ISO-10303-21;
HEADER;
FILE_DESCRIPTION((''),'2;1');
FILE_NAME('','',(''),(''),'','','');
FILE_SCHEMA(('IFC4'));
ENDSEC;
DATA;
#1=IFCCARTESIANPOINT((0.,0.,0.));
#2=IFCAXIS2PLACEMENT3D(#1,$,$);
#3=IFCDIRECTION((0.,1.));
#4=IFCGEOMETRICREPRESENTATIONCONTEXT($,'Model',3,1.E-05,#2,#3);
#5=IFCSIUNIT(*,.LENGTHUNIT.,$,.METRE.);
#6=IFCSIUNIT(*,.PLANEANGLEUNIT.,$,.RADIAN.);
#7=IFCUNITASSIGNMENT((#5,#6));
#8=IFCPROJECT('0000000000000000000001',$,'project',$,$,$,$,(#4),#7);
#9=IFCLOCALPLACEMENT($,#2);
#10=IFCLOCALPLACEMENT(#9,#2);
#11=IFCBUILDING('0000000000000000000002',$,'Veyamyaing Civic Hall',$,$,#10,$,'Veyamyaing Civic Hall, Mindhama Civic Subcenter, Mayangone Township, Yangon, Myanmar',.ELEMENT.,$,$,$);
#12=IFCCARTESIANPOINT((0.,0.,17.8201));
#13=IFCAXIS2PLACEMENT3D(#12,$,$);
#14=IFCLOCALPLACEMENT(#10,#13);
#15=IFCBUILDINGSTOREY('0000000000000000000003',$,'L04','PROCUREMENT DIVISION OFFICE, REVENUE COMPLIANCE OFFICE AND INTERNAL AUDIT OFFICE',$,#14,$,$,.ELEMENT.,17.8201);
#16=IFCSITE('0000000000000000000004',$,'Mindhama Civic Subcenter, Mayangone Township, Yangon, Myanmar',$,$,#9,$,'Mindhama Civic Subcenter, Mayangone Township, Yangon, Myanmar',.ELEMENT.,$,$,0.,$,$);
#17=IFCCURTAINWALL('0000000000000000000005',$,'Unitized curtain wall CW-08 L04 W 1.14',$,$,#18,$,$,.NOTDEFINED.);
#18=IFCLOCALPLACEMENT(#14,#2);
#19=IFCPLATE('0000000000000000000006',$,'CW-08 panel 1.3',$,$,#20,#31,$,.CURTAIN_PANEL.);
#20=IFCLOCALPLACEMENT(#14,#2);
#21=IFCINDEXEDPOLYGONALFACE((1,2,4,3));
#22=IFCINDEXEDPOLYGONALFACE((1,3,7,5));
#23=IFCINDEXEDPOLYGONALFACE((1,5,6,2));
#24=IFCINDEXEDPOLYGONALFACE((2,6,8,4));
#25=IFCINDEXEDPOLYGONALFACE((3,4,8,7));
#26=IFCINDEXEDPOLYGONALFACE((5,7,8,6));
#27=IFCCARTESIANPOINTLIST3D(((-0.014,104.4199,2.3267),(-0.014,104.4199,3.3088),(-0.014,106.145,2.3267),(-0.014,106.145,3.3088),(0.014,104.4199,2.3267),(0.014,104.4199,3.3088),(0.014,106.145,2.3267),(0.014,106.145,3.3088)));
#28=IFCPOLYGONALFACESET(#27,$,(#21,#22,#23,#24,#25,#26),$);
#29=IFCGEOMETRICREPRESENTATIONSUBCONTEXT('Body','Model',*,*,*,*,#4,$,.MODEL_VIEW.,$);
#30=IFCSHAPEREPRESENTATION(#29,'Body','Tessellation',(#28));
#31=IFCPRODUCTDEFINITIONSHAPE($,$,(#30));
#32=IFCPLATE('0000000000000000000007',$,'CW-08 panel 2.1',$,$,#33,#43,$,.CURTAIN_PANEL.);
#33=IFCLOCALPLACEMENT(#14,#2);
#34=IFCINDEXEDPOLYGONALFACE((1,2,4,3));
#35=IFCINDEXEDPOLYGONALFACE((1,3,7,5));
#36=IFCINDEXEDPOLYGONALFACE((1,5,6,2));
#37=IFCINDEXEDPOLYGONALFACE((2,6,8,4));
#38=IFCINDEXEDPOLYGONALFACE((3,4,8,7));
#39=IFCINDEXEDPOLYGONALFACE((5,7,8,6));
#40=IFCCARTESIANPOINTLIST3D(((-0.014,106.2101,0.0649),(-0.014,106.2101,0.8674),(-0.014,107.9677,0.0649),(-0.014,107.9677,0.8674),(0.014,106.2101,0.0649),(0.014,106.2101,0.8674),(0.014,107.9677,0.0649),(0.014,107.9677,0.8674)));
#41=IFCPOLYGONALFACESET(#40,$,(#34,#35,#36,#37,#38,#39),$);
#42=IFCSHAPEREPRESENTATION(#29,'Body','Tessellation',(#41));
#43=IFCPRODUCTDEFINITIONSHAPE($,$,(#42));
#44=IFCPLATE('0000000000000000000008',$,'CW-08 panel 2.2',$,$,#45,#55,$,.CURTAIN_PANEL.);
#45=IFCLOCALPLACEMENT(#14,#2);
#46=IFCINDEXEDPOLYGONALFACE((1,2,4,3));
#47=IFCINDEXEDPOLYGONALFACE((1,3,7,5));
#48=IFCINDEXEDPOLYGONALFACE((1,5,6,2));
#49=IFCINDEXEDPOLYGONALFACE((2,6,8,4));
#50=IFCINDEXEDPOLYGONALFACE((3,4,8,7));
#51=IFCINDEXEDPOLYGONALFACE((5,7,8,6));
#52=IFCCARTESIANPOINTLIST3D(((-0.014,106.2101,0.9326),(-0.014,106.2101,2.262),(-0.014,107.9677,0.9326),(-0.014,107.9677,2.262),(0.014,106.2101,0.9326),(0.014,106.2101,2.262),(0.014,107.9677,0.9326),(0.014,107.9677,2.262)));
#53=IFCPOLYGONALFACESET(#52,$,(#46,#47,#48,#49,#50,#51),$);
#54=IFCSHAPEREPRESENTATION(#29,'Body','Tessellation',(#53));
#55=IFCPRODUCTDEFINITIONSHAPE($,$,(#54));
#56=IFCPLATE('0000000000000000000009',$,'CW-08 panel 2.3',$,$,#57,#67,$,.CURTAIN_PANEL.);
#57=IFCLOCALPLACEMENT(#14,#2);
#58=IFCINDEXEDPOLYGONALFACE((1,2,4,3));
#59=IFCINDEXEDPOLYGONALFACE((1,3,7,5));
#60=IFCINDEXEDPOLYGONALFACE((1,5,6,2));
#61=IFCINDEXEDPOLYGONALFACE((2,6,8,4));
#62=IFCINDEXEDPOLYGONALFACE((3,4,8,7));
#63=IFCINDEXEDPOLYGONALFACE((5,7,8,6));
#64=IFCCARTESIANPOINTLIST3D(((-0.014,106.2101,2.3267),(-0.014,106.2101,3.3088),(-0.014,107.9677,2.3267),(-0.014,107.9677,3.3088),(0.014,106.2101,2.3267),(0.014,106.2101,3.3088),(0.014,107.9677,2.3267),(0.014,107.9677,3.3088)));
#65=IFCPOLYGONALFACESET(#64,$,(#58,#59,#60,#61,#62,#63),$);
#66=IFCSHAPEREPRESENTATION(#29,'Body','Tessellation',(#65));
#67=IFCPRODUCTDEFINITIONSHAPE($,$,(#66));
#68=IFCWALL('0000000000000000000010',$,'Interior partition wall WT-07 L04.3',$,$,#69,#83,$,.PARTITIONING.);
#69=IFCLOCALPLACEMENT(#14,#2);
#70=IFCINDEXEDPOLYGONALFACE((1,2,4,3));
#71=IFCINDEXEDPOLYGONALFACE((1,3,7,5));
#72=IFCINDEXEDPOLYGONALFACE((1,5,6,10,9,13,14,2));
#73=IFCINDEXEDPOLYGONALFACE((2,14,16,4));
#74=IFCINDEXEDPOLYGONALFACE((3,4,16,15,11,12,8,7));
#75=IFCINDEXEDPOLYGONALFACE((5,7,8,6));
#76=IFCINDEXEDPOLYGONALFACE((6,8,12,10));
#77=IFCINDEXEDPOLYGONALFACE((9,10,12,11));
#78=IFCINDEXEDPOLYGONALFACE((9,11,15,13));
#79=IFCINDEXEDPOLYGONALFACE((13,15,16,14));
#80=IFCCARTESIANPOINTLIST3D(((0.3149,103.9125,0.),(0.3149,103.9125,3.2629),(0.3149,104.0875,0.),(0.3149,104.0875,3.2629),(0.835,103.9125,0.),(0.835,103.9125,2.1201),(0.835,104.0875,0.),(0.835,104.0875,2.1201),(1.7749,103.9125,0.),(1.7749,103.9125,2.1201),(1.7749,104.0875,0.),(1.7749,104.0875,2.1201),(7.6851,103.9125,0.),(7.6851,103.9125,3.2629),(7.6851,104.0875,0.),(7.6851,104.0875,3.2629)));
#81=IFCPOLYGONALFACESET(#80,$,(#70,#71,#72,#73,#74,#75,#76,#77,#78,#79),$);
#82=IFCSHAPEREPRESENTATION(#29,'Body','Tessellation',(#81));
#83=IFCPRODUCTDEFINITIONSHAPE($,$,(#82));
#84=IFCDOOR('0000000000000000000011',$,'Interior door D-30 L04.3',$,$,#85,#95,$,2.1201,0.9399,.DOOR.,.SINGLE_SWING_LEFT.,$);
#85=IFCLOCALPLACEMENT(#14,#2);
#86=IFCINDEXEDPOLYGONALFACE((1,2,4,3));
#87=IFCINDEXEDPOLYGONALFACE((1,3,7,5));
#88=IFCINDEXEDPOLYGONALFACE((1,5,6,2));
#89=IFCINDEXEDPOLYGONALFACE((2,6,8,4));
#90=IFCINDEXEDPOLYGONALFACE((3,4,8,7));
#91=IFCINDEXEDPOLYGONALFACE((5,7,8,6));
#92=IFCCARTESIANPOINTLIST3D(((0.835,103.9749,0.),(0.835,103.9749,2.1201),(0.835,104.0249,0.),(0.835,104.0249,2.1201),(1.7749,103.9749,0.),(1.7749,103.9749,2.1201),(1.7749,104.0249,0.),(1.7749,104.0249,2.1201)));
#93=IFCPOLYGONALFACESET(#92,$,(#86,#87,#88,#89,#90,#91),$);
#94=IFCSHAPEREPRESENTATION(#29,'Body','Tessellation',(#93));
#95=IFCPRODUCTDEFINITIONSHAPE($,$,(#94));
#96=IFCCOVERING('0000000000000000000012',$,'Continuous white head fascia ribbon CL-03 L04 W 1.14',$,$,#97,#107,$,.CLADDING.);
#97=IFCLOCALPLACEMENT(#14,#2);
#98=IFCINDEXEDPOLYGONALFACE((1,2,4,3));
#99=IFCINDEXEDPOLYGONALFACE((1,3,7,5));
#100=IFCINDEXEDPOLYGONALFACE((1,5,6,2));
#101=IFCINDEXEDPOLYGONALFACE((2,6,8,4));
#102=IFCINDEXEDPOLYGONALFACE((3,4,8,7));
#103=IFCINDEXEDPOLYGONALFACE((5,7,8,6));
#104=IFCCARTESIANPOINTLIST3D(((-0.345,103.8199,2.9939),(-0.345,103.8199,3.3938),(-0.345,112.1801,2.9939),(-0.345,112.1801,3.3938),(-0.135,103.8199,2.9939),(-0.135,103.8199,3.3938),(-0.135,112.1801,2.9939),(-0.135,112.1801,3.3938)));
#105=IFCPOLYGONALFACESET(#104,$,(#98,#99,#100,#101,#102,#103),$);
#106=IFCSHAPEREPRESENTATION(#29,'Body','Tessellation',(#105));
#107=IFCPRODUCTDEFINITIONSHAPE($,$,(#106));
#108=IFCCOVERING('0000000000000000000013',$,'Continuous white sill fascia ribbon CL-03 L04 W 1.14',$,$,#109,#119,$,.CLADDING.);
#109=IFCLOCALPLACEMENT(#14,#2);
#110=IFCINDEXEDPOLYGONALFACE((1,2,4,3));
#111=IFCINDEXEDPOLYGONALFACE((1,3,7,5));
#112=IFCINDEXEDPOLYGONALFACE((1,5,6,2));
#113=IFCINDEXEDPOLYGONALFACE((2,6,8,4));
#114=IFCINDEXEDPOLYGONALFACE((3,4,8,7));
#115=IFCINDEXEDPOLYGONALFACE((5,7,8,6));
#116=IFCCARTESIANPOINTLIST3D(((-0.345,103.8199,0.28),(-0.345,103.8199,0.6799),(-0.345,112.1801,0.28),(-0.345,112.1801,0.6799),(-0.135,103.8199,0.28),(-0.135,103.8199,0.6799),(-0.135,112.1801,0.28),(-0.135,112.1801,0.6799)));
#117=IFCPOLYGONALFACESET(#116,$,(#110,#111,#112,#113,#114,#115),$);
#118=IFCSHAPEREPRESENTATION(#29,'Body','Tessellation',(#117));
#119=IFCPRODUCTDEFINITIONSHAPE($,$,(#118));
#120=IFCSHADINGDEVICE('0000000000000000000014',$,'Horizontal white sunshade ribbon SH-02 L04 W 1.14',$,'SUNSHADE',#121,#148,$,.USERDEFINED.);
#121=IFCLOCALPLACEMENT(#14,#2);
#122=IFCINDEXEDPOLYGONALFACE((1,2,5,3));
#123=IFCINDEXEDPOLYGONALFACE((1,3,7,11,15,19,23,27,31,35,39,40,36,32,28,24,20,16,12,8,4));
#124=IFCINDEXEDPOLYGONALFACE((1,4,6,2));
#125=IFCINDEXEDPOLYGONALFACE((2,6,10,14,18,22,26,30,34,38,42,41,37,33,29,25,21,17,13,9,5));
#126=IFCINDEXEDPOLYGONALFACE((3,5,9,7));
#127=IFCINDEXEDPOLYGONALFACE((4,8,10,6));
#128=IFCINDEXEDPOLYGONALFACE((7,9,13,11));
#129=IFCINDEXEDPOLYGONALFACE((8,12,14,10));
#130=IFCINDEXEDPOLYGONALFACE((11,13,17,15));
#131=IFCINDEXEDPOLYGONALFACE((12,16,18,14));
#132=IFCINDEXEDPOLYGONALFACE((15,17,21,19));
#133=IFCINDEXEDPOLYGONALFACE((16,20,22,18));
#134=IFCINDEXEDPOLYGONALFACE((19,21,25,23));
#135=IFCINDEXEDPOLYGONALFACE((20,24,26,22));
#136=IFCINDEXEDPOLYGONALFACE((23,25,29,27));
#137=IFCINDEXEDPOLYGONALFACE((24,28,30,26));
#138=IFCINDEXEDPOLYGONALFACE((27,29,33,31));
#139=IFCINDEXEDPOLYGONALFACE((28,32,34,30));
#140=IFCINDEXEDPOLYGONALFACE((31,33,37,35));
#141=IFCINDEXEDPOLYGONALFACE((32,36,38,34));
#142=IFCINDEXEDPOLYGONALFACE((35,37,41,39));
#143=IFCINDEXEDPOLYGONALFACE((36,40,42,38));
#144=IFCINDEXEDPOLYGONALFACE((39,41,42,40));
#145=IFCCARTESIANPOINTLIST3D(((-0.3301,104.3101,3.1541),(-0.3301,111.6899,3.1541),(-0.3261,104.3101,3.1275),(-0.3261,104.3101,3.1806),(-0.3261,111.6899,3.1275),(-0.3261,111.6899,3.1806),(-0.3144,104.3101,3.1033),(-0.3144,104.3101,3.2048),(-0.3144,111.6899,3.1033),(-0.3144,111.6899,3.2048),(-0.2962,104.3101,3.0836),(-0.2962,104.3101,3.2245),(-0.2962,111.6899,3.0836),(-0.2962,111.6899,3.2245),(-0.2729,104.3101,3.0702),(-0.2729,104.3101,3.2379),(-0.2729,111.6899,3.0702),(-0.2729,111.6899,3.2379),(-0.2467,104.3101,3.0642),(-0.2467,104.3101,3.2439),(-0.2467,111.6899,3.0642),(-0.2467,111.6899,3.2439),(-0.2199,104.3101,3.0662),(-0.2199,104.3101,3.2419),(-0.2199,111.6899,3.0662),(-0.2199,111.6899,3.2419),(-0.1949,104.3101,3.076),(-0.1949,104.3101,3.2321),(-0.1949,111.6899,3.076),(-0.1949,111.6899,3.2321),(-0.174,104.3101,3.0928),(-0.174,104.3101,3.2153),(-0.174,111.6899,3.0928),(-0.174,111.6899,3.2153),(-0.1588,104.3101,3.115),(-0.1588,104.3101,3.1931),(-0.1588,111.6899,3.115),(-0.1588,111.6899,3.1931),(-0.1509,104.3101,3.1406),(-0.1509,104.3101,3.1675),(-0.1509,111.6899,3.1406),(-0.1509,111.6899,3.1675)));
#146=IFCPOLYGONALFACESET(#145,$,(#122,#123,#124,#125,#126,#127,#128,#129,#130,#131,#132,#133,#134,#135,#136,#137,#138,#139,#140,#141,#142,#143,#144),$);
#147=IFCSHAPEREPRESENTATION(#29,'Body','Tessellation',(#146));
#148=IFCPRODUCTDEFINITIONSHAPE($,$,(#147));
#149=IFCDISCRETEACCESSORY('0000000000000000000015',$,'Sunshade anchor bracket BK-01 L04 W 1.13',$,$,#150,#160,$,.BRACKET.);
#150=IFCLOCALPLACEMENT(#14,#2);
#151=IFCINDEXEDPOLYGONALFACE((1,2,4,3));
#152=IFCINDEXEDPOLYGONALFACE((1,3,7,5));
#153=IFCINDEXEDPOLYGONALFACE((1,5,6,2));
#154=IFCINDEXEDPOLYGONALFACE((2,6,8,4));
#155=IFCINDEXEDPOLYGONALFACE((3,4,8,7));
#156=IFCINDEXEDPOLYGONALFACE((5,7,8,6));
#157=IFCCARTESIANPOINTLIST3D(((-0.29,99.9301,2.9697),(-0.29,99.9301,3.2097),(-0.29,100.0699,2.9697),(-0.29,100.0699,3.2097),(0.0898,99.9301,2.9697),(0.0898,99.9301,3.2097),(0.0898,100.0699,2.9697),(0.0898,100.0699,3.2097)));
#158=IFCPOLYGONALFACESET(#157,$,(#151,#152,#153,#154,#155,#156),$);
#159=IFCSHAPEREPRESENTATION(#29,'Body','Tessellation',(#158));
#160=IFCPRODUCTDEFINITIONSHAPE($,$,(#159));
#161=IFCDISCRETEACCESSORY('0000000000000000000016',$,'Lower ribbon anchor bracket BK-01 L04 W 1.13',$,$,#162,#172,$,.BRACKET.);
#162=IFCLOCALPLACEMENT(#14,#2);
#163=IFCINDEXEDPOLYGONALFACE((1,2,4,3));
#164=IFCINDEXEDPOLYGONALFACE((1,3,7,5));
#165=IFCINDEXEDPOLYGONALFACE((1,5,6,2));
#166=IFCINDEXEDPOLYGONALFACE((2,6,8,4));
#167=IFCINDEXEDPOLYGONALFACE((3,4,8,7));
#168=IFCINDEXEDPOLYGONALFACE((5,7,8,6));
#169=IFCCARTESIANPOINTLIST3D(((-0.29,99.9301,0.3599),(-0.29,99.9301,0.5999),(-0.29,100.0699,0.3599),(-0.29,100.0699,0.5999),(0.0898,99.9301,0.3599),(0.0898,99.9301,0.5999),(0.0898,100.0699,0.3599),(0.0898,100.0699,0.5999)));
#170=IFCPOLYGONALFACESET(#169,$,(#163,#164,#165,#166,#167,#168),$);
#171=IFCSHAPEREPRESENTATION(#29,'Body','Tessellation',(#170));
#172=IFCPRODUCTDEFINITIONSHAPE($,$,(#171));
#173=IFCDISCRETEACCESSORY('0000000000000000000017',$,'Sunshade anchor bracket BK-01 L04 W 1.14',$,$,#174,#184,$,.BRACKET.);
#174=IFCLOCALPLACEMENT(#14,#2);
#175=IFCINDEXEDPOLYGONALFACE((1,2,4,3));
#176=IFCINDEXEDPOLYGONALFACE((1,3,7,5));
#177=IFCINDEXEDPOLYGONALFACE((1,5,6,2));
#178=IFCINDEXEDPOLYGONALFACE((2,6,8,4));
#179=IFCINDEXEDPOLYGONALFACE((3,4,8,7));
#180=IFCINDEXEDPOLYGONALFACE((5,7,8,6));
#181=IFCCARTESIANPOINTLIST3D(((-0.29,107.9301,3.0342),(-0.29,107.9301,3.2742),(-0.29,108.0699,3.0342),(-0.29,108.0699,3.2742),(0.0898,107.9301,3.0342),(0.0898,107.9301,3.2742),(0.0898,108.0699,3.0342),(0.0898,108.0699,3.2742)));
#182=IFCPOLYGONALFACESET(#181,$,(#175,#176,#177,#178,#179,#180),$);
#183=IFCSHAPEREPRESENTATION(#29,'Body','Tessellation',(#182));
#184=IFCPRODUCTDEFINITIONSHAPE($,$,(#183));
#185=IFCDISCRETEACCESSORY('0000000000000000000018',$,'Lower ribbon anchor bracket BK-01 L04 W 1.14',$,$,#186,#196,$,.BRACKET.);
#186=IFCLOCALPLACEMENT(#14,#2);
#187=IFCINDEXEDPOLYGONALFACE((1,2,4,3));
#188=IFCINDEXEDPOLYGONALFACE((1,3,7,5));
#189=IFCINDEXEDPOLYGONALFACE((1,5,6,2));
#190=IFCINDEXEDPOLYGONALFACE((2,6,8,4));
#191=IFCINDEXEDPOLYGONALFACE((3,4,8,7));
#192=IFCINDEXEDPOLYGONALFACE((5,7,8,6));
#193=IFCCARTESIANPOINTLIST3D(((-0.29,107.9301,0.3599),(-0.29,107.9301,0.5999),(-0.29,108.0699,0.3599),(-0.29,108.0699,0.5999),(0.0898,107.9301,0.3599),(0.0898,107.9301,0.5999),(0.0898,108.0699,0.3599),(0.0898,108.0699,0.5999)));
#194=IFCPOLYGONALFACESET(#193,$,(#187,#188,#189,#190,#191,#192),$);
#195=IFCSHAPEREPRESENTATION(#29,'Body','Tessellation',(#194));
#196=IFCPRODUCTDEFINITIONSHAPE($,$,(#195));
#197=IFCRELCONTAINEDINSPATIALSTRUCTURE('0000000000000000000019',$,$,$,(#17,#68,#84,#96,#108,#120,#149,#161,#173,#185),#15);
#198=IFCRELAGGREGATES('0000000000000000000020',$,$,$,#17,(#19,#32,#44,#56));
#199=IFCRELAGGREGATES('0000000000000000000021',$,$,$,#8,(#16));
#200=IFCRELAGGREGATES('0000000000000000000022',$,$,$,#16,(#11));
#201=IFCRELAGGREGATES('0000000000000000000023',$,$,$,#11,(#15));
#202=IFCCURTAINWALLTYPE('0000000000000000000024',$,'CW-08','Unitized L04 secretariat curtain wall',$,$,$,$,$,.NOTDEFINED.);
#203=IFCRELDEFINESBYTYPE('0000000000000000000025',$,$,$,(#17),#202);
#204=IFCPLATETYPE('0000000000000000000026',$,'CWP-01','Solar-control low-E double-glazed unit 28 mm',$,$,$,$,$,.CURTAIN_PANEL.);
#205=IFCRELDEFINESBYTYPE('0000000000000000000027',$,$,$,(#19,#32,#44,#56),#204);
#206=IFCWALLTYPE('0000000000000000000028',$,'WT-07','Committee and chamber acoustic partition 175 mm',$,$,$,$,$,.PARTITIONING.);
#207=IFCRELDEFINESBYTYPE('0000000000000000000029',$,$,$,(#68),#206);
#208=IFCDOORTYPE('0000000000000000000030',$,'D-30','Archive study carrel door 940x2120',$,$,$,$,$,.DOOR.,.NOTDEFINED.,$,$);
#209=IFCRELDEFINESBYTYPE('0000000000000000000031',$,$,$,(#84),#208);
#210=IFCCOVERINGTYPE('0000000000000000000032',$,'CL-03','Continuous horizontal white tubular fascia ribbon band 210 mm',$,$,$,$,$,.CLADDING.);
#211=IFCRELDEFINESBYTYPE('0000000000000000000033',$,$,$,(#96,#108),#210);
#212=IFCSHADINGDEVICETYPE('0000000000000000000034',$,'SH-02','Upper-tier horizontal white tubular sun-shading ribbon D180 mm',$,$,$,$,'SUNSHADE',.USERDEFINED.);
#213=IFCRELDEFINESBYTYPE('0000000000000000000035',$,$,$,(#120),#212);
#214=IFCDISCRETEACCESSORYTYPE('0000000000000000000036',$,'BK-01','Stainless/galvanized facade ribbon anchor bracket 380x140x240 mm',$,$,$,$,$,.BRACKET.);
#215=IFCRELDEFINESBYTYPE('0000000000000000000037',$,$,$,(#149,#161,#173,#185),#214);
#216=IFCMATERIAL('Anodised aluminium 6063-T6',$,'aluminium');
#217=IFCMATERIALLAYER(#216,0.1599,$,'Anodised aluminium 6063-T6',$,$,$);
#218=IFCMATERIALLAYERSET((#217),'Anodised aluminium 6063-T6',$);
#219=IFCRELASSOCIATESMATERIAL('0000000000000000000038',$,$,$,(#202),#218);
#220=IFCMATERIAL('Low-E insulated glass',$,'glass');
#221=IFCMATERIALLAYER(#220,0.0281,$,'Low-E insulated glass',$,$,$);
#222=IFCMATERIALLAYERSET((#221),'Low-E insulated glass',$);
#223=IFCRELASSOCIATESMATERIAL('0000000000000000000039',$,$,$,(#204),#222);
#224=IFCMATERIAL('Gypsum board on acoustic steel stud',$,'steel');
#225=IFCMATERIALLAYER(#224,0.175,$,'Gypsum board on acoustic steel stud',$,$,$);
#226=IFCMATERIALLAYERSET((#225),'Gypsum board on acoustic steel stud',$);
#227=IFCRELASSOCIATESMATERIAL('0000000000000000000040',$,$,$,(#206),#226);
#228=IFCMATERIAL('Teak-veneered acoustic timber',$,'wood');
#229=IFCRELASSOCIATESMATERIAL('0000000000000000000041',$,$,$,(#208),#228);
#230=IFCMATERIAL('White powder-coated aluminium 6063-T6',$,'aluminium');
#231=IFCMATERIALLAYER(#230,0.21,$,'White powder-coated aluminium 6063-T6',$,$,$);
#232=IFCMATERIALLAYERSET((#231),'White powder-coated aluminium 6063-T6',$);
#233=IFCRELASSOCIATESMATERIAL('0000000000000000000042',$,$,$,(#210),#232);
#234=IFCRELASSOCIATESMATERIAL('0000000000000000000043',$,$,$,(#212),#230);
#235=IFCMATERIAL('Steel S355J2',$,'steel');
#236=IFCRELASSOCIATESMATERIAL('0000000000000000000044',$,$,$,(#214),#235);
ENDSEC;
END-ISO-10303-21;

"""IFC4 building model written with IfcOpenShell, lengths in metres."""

from ifc_helpers import new_model, si_unit, direction, frame, frame_2d, origin, origin_2d, place, context, subcontext, project, spatial, rectangle, circle, extrude, material, layer, layer_set, material_profile, profile_set, type_object, element, fill, aggregate, save


model = new_model("IFC4")

# Units and contexts
model_context = context("Model", 3, precision=1e-05, world=origin(), true_north=direction((0.0, 1.0)))
body_context = subcontext(model_context, "Body", "Model", "MODEL_VIEW")
ifc_project = project(units=[si_unit("LENGTHUNIT", "METRE"), si_unit("PLANEANGLEUNIT", "RADIAN")], contexts=[model_context])

# Site, building, storey
site_placement = place(None, origin())
site = spatial("IfcSite", under=ifc_project, at=site_placement, Name="Mindhama Civic Subcenter, Mayangone Township, Yangon, Myanmar", LongName="Mindhama Civic Subcenter, Mayangone Township, Yangon, Myanmar", CompositionType="ELEMENT", RefElevation=0.0)
building_placement = place(site_placement, origin())
building = spatial("IfcBuilding", under=site, at=building_placement, Name="Veyamyaing Civic Hall", LongName="Veyamyaing Civic Hall, Mindhama Civic Subcenter, Mayangone Township, Yangon, Myanmar", CompositionType="ELEMENT")
storey_placement = place(building_placement, frame((0.0, 0.0, 17.8201)))
storey = spatial("IfcBuildingStorey", under=building, at=storey_placement, Name="L04", Description="PROCUREMENT DIVISION OFFICE, REVENUE COMPLIANCE OFFICE AND INTERNAL AUDIT OFFICE", CompositionType="ELEMENT", Elevation=17.8201)

# Curtain wall
ifc_material_1 = material(Name="Anodised aluminium 6063-T6", Category="aluminium")
ifc_layer_1 = layer(ifc_material_1, 0.1599, Name="Anodised aluminium 6063-T6")
ifc_layer_set_1 = layer_set([ifc_layer_1], Name="Anodised aluminium 6063-T6")
curtain_wall_type = type_object("IfcCurtainWallType", Name="CW-08", Description="Unitized L04 secretariat curtain wall", PredefinedType="NOTDEFINED", material=ifc_layer_set_1)
curtain_wall_placement = place(storey_placement, origin())
curtain_wall = element("IfcCurtainWall", 1, at=curtain_wall_placement, inside=storey, type_object=curtain_wall_type, Name="Unitized curtain wall CW-08 L04 W 1.14", PredefinedType="NOTDEFINED")

# Plates
ifc_material_2 = material(Name="Low-E insulated glass", Category="glass")
ifc_layer_2 = layer(ifc_material_2, 0.0281, Name="Low-E insulated glass")
ifc_layer_set_2 = layer_set([ifc_layer_2], Name="Low-E insulated glass")
plate_type = type_object("IfcPlateType", Name="CWP-01", Description="Solar-control low-E double-glazed unit 28 mm", PredefinedType="CURTAIN_PANEL", material=ifc_layer_set_2)
plate_1_placement = place(storey_placement, frame((0.0, 105.2825, 2.3267), z_axis=(0.0, 0.0, 1.0), x_axis=(0.0, 1.0, 0.0)))
plate_1 = element("IfcPlate", 2, at=plate_1_placement, type_object=plate_type, Name="CW-08 panel 1.3", PredefinedType="CURTAIN_PANEL", context=body_context, shape_type="SweptSolid", body=[
    extrude(rectangle(XDim=1.7251, YDim=0.0281, at=origin_2d()), origin(), (0.0, 0.0, 1.0), 0.9822),
])
plate_2_placement = place(storey_placement, frame((0.0, 107.0889, 0.0649), z_axis=(0.0, 0.0, 1.0), x_axis=(0.0, 1.0, 0.0)))
plate_2 = element("IfcPlate", 3, at=plate_2_placement, type_object=plate_type, Name="CW-08 panel 2.1", PredefinedType="CURTAIN_PANEL", context=body_context, shape_type="SweptSolid", body=[
    extrude(rectangle(XDim=1.7576, YDim=0.0281, at=origin_2d()), origin(), (0.0, 0.0, 1.0), 0.8025),
])
plate_3_placement = place(storey_placement, frame((0.0, 107.0889, 0.9326), z_axis=(0.0, 0.0, 1.0), x_axis=(0.0, 1.0, 0.0)))
plate_3 = element("IfcPlate", 4, at=plate_3_placement, type_object=plate_type, Name="CW-08 panel 2.2", PredefinedType="CURTAIN_PANEL", context=body_context, shape_type="SweptSolid", body=[
    extrude(rectangle(XDim=1.7576, YDim=0.0281, at=origin_2d()), origin(), (0.0, 0.0, 1.0), 1.3293),
])
plate_4_placement = place(storey_placement, frame((0.0, 107.0889, 2.3267), z_axis=(0.0, 0.0, 1.0), x_axis=(0.0, 1.0, 0.0)))
plate_4 = element("IfcPlate", 5, at=plate_4_placement, type_object=plate_type, Name="CW-08 panel 2.3", PredefinedType="CURTAIN_PANEL", context=body_context, shape_type="SweptSolid", body=[
    extrude(rectangle(XDim=1.7576, YDim=0.0281, at=origin_2d()), origin(), (0.0, 0.0, 1.0), 0.9822),
])
aggregate(curtain_wall, [plate_1, plate_2, plate_3, plate_4])

# Wall, opening, door
ifc_material_3 = material(Name="Gypsum board on acoustic steel stud", Category="steel")
ifc_layer_3 = layer(ifc_material_3, 0.175, Name="Gypsum board on acoustic steel stud")
ifc_layer_set_3 = layer_set([ifc_layer_3], Name="Gypsum board on acoustic steel stud")
wall_type = type_object("IfcWallType", Name="WT-07", Description="Committee and chamber acoustic partition 175 mm", PredefinedType="PARTITIONING", material=ifc_layer_set_3)
wall_placement = place(storey_placement, frame((0.3149, 104.0, 0.0), z_axis=(0.0, 0.0, 1.0), x_axis=(1.0, 0.0, 0.0)))
wall = element("IfcWall", 6, at=wall_placement, inside=storey, type_object=wall_type, Name="Interior partition wall WT-07 L04.3", PredefinedType="PARTITIONING", context=body_context, shape_type="SweptSolid", body=[
    extrude(rectangle(XDim=7.3701, YDim=0.175, at=frame_2d((3.6851, 0.0))), origin(), (0.0, 0.0, 1.0), 3.2629),
])
opening_placement = place(wall_placement, frame((0.52, 0.0, 0.0)))
opening = element("IfcOpeningElement", 7, at=opening_placement, cuts=wall, PredefinedType="OPENING", context=body_context, shape_type="SweptSolid", body=[
    extrude(rectangle(XDim=0.9399, YDim=2.1201, at=frame_2d((0.47, 1.0601))), frame((0.0, 0.0974, 0.0), z_axis=(0.0, -1.0, 0.0), x_axis=(1.0, 0.0, 0.0)), (0.0, 0.0, 1.0), 0.1951),
])
ifc_material_4 = material(Name="Teak-veneered acoustic timber", Category="wood")
door_type = type_object("IfcDoorType", Name="D-30", Description="Archive study carrel door 940x2120", OperationType="NOTDEFINED", PredefinedType="DOOR", material=ifc_material_4)
door_placement = place(opening_placement, origin())
door = element("IfcDoor", 8, at=door_placement, inside=storey, type_object=door_type, Name="Interior door D-30 L04.3", OperationType="SINGLE_SWING_LEFT", OverallHeight=2.1201, OverallWidth=0.9399, PredefinedType="DOOR", context=body_context, shape_type="SweptSolid", body=[
    extrude(rectangle(XDim=0.9399, YDim=2.1201, at=frame_2d((0.47, 1.0601))), frame((0.0, 0.0249, 0.0), z_axis=(0.0, -1.0, 0.0), x_axis=(1.0, 0.0, 0.0)), (0.0, 0.0, 1.0), 0.05),
])
fill(opening, door)

# Coverings
ifc_material_5 = material(Name="White powder-coated aluminium 6063-T6", Category="aluminium")
ifc_layer_4 = layer(ifc_material_5, 0.21, Name="White powder-coated aluminium 6063-T6")
ifc_layer_set_4 = layer_set([ifc_layer_4], Name="White powder-coated aluminium 6063-T6")
covering_type = type_object("IfcCoveringType", Name="CL-03", Description="Continuous horizontal white tubular fascia ribbon band 210 mm", PredefinedType="CLADDING", material=ifc_layer_set_4)
for number, where, z_axis, x_axis, name in (
    (9, (-0.24, 108.0, 2.9939), (0.0, 0.0, 1.0), (0.0, 1.0, 0.0), "Continuous white head fascia ribbon CL-03 L04 W 1.14"),
    (10, (-0.24, 108.0, 0.28), (0.0, 0.0, 1.0), (0.0, 1.0, 0.0), "Continuous white sill fascia ribbon CL-03 L04 W 1.14"),
):
    element("IfcCovering", number, at=place(storey_placement, frame(where, z_axis=z_axis, x_axis=x_axis)), inside=storey, type_object=covering_type, Name=name, PredefinedType="CLADDING", context=body_context, shape_type="SweptSolid", body=[
        extrude(rectangle(XDim=8.3601, YDim=0.21, at=origin_2d()), origin(), (0.0, 0.0, 1.0), 0.3999),
    ])

# Shading device
ifc_material_profile_1 = material_profile(ifc_material_5, circle(Radius=0.0901, at=origin_2d()), Name="SHADE-TUBE-180")
ifc_profile_set_1 = profile_set([ifc_material_profile_1], Name="White powder-coated aluminium 6063-T6")
shading_device_type = type_object("IfcShadingDeviceType", Name="SH-02", Description="Upper-tier horizontal white tubular sun-shading ribbon D180 mm", ElementType="SUNSHADE", PredefinedType="USERDEFINED", material=ifc_profile_set_1)
shading_device_placement = place(storey_placement, frame((-0.24, 104.3101, 3.1541), z_axis=(0.0, 1.0, 0.0), x_axis=(-1.0, 0.0, 0.0)))
element("IfcShadingDevice", 11, at=shading_device_placement, inside=storey, type_object=shading_device_type, Name="Horizontal white sunshade ribbon SH-02 L04 W 1.14", ObjectType="SUNSHADE", PredefinedType="USERDEFINED", context=body_context, shape_type="SweptSolid", body=[
    extrude(circle(Radius=0.0901, at=origin_2d()), origin(), (0.0, 0.0, 1.0), 7.3799),
])

# Discrete accessories
ifc_material_6 = material(Name="Steel S355J2", Category="steel")
discrete_accessory_type = type_object("IfcDiscreteAccessoryType", Name="BK-01", Description="Stainless/galvanized facade ribbon anchor bracket 380x140x240 mm", PredefinedType="BRACKET", material=ifc_material_6)
for number, where, z_axis, x_axis, name in (
    (12, (-0.1001, 100.0, 2.9697), (0.0, 0.0, 1.0), (-1.0, 0.0, 0.0), "Sunshade anchor bracket BK-01 L04 W 1.13"),
    (13, (-0.1001, 100.0, 0.3599), (0.0, 0.0, 1.0), (-1.0, 0.0, 0.0), "Lower ribbon anchor bracket BK-01 L04 W 1.13"),
    (14, (-0.1001, 108.0, 3.0342), (0.0, 0.0, 1.0), (-1.0, 0.0, 0.0), "Sunshade anchor bracket BK-01 L04 W 1.14"),
    (15, (-0.1001, 108.0, 0.3599), (0.0, 0.0, 1.0), (-1.0, 0.0, 0.0), "Lower ribbon anchor bracket BK-01 L04 W 1.14"),
):
    element("IfcDiscreteAccessory", number, at=place(storey_placement, frame(where, z_axis=z_axis, x_axis=x_axis)), inside=storey, type_object=discrete_accessory_type, Name=name, PredefinedType="BRACKET", context=body_context, shape_type="SweptSolid", body=[
        extrude(rectangle(XDim=0.3799, YDim=0.1399, at=origin_2d()), origin(), (0.0, 0.0, 1.0), 0.24),
    ])

save(model, "model.ifc")
